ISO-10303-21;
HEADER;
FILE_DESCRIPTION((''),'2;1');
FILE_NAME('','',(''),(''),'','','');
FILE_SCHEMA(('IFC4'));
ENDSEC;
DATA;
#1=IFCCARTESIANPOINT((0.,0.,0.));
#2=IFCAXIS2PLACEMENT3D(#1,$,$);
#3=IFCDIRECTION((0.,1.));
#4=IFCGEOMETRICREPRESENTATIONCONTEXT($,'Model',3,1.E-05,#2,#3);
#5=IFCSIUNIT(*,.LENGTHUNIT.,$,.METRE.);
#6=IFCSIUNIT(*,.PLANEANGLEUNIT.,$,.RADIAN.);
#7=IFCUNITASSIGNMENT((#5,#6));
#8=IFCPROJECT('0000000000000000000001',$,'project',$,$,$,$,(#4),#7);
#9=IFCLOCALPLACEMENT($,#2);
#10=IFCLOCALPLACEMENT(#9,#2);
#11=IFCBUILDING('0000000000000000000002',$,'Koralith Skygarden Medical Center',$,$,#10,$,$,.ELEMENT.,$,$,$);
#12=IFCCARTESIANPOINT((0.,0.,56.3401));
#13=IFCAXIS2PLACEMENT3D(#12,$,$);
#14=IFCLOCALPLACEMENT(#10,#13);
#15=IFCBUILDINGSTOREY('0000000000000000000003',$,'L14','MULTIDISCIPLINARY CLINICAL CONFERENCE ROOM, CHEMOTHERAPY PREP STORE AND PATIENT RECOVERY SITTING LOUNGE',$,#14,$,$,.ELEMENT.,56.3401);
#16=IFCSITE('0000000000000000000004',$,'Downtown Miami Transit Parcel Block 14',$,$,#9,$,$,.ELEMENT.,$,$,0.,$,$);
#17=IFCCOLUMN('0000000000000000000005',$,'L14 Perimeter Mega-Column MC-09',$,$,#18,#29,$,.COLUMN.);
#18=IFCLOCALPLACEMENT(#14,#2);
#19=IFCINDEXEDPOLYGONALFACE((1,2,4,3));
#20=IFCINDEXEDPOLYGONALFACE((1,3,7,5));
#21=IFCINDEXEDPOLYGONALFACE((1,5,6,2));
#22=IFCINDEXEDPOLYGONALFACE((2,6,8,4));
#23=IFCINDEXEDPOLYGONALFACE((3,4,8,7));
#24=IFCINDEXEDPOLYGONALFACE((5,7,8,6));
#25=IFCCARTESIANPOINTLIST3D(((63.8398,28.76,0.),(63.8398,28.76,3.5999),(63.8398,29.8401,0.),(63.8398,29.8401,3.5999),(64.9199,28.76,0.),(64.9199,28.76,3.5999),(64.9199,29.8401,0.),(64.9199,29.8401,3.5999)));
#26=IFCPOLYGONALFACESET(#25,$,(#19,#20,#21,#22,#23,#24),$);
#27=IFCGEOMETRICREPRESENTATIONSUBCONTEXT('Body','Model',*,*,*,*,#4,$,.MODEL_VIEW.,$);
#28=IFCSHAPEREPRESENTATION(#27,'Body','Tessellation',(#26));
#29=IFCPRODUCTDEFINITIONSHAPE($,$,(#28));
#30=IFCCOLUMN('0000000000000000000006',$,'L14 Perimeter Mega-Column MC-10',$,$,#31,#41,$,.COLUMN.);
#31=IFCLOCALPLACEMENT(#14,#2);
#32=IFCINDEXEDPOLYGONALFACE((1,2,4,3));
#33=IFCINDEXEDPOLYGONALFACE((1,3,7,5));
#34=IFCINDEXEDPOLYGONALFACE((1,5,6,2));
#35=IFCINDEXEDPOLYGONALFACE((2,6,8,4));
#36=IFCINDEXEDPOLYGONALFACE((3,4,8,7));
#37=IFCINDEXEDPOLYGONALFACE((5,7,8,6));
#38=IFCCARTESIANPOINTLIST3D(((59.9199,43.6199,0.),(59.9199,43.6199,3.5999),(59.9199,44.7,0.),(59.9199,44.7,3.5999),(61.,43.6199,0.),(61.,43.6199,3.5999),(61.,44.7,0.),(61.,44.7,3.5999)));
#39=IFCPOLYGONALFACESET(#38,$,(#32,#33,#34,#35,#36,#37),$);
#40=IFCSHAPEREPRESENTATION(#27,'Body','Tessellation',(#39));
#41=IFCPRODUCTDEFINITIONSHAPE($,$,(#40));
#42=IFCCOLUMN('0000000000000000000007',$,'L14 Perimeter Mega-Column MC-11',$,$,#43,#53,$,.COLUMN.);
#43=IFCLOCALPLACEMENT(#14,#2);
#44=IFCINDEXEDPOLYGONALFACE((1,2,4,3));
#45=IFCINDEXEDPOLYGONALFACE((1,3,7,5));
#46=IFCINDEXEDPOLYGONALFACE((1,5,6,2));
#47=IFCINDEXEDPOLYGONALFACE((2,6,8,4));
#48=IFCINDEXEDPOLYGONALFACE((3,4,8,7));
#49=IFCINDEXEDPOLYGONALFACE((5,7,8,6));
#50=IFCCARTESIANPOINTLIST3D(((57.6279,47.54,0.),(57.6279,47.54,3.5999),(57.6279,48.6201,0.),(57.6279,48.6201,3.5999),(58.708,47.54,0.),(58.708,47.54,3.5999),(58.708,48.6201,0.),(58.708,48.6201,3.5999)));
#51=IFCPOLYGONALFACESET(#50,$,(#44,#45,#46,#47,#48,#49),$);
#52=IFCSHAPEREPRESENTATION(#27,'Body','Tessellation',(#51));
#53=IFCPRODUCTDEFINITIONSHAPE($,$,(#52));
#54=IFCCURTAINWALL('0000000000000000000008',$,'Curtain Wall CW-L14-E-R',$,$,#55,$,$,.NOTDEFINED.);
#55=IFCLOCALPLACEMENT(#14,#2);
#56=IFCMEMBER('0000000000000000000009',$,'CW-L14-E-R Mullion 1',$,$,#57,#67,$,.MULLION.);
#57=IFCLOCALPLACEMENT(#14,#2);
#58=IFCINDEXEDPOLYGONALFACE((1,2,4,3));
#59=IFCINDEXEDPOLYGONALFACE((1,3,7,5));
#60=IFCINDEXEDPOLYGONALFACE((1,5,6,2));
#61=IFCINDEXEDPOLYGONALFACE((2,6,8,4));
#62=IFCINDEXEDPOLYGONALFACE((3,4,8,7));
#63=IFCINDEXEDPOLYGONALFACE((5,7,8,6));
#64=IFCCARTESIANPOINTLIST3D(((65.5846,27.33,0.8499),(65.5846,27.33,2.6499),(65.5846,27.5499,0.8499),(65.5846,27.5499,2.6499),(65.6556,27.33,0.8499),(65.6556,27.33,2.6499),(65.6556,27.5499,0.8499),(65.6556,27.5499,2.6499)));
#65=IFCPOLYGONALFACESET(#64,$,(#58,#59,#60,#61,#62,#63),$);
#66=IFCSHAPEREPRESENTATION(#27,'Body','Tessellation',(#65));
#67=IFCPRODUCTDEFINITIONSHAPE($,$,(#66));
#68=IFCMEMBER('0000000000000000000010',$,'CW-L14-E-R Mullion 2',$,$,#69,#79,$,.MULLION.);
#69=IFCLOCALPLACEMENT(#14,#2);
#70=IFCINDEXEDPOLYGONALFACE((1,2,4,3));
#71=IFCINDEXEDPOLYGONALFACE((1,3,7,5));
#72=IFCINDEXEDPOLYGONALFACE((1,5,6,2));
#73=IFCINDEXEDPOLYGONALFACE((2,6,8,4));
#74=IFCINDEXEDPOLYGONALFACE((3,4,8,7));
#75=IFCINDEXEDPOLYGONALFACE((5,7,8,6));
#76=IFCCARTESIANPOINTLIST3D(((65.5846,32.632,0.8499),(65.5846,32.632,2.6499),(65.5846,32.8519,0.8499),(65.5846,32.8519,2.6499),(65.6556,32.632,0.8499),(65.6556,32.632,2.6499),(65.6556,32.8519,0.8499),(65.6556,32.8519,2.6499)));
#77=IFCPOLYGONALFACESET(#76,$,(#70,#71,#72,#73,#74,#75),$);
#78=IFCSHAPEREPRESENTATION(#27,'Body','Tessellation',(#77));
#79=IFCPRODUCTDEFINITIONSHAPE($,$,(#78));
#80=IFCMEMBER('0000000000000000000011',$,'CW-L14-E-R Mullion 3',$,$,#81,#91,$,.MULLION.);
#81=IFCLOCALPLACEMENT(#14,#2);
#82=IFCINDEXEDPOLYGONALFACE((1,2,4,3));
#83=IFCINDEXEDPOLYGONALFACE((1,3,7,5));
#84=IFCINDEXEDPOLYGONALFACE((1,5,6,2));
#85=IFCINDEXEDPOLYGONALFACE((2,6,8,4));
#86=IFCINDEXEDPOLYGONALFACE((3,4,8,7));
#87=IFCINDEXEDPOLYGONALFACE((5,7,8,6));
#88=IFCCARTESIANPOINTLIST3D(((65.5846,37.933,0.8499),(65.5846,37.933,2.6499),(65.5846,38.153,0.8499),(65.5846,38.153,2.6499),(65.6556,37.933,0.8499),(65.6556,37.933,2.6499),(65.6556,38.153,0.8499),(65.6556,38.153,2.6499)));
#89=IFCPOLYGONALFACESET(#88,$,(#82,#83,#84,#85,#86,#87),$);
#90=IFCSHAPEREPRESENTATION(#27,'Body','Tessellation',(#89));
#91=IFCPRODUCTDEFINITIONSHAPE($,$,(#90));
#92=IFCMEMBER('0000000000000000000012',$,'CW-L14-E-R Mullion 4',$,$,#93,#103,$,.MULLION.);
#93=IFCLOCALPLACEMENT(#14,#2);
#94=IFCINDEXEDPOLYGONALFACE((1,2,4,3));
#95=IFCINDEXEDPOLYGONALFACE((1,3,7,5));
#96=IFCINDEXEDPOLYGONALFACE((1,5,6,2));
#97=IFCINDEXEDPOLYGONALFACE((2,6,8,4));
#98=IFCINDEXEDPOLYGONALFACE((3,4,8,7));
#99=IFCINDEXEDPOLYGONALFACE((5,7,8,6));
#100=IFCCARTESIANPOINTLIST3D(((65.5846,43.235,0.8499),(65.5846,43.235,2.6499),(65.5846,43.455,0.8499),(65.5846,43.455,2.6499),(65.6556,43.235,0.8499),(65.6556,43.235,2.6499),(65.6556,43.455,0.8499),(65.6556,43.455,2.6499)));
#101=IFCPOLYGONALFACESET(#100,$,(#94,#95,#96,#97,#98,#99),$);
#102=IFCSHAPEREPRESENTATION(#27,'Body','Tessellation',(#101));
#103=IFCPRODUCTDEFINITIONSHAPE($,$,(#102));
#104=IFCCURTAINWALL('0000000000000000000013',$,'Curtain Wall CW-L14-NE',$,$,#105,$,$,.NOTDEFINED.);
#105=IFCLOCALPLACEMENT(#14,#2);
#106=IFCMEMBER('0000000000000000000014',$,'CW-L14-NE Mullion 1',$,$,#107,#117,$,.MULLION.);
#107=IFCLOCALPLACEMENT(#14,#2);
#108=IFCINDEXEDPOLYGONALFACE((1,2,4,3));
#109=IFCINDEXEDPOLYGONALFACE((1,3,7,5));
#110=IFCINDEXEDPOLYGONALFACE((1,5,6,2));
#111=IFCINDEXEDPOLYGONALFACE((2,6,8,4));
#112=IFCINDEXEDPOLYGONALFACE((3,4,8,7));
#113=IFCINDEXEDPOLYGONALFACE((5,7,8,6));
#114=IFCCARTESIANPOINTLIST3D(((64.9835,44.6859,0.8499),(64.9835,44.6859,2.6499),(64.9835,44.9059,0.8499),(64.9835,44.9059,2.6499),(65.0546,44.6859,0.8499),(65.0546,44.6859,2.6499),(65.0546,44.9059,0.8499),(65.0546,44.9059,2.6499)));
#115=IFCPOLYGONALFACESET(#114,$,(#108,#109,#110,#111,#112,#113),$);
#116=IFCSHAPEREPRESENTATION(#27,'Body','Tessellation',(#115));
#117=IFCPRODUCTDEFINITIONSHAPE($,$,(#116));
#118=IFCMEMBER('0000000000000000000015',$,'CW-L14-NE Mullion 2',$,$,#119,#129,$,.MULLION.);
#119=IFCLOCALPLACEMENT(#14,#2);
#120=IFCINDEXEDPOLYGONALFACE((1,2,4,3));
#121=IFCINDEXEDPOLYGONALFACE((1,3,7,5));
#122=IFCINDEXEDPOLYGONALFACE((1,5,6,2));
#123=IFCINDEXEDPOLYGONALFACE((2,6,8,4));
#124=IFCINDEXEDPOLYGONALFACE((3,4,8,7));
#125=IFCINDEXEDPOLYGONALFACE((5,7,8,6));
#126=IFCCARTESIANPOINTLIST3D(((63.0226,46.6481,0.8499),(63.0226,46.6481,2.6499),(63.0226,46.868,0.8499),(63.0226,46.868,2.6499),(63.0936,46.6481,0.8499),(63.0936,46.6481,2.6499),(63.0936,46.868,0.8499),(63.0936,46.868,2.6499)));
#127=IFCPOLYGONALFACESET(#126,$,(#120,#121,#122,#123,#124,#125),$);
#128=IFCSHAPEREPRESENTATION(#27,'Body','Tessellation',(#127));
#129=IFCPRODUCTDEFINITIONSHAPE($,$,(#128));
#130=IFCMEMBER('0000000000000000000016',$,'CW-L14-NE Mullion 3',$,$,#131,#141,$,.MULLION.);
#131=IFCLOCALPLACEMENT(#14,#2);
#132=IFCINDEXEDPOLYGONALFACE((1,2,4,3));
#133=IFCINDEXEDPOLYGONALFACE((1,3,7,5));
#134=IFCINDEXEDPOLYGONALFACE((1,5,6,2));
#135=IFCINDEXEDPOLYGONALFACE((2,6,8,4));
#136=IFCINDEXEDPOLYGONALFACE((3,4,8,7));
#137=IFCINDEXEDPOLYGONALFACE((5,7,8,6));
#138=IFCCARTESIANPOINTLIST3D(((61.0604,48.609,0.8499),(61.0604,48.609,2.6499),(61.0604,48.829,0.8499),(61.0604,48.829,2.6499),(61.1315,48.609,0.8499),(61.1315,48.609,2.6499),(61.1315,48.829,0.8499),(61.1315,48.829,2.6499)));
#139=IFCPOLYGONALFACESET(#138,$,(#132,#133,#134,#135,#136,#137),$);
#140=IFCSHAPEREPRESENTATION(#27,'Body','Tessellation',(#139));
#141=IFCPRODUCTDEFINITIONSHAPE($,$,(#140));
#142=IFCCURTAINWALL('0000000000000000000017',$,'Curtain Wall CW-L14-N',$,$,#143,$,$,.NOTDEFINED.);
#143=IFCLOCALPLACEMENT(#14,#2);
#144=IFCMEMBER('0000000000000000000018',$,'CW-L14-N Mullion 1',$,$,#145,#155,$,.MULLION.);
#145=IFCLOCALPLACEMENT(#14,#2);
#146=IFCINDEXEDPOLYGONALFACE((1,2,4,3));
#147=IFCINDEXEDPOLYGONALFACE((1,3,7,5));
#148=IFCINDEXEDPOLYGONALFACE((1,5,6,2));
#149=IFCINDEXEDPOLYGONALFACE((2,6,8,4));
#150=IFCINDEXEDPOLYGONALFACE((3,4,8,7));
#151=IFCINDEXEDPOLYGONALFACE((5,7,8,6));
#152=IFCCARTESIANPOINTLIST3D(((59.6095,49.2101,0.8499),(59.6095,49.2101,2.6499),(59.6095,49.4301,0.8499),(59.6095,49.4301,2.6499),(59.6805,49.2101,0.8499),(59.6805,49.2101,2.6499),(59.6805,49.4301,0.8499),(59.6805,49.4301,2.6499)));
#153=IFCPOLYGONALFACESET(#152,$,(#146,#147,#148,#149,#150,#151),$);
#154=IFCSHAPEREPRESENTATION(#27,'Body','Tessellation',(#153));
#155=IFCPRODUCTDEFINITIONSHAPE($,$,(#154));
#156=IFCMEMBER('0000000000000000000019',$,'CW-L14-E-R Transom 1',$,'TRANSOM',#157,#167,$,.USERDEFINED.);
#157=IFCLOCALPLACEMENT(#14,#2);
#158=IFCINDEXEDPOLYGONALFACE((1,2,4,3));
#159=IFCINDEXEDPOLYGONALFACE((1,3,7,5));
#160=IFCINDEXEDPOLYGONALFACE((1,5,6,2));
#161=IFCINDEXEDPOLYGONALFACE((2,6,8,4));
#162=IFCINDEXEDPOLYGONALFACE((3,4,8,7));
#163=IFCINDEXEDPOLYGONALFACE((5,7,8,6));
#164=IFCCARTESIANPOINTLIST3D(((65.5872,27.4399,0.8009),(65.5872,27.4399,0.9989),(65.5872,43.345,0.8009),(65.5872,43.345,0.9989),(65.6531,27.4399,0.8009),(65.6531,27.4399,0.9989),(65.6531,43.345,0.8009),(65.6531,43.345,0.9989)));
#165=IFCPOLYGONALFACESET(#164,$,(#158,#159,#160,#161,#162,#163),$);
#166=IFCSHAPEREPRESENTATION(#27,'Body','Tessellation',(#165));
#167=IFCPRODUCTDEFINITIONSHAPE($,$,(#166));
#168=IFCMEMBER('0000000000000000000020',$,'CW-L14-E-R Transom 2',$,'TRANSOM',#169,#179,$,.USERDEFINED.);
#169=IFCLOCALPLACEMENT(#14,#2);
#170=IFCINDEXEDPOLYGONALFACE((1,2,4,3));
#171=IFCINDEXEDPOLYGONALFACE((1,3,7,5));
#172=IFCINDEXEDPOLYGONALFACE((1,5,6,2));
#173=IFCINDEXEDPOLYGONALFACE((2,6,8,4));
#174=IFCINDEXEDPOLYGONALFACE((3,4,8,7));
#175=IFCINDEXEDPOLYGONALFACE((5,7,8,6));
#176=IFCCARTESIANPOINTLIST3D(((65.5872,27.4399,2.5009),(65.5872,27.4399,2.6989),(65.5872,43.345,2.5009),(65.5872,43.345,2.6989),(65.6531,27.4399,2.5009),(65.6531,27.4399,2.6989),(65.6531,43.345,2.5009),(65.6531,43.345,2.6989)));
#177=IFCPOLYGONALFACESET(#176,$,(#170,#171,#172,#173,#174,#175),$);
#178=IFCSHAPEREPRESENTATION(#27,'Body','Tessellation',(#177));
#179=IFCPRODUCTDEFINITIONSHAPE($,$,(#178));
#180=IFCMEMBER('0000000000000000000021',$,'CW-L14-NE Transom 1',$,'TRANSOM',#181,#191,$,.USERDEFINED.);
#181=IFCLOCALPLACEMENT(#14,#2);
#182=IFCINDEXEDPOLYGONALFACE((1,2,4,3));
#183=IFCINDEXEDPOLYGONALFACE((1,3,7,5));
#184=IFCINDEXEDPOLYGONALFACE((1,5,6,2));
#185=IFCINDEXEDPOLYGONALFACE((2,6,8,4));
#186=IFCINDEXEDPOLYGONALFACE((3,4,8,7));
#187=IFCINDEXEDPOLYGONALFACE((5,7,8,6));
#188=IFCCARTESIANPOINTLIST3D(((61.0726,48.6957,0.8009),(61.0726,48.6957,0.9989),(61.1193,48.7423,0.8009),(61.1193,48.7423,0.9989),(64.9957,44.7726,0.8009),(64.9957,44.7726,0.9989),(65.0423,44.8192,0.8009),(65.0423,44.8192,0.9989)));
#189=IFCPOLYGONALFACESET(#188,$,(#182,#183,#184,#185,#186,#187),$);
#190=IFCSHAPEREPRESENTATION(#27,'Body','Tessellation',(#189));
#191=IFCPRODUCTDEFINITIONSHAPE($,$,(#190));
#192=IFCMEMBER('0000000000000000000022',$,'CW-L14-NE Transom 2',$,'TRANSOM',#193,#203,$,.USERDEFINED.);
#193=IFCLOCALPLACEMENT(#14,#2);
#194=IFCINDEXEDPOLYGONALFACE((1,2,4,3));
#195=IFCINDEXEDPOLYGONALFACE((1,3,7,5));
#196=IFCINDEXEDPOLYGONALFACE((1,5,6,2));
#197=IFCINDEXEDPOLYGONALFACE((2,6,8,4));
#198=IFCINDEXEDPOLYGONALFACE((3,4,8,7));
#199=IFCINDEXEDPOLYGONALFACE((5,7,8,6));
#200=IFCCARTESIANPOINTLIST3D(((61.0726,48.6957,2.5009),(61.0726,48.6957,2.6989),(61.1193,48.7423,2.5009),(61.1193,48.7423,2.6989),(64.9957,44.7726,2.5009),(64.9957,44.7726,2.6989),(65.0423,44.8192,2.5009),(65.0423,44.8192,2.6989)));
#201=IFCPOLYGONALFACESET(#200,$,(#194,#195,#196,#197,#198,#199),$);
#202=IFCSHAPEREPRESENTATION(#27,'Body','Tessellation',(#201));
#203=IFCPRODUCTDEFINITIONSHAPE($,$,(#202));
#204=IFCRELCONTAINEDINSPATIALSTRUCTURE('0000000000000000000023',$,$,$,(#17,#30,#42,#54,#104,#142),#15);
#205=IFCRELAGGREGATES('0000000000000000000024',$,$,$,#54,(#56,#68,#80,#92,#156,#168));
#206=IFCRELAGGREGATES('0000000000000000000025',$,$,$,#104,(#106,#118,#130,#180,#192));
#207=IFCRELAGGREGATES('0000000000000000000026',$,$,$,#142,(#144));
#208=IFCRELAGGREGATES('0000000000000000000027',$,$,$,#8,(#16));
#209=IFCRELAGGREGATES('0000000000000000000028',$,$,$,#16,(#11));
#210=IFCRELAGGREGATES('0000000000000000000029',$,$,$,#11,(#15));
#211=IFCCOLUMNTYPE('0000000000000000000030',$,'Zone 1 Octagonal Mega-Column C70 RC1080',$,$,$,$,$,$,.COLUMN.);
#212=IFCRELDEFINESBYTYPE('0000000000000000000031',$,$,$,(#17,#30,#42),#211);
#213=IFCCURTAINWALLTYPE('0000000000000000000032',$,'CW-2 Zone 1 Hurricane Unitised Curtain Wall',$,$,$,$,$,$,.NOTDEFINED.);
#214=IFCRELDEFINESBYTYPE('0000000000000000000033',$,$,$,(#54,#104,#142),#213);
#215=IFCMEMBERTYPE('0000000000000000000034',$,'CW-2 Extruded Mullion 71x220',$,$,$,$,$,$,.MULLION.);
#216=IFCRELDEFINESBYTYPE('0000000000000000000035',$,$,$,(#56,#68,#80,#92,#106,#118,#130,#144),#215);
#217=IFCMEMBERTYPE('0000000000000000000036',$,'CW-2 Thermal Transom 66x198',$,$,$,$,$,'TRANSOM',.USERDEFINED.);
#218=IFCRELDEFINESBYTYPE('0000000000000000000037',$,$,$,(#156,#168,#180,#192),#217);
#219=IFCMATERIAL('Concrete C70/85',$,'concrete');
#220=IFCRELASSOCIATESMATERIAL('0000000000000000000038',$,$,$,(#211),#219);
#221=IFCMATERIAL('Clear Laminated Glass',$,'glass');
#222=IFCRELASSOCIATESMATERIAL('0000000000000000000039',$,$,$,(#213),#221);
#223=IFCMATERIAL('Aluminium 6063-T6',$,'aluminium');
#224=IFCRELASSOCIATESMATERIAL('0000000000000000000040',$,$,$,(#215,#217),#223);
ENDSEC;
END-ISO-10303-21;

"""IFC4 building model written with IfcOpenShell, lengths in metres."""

from ifc_helpers import new_model, si_unit, direction, frame, origin, origin_2d, place, context, subcontext, project, spatial, rectangle, extrude, material, material_profile, profile_set, type_object, element, aggregate, save


model = new_model("IFC4")

# Units and contexts
model_context = context("Model", 3, precision=1e-05, world=origin(), true_north=direction((0.0, 1.0)))
body_context = subcontext(model_context, "Body", "Model", "MODEL_VIEW")
ifc_project = project(units=[si_unit("LENGTHUNIT", "METRE"), si_unit("PLANEANGLEUNIT", "RADIAN")], contexts=[model_context])

# Site, building, storey
site_placement = place(None, origin())
site = spatial("IfcSite", under=ifc_project, at=site_placement, Name="Downtown Miami Transit Parcel Block 14", CompositionType="ELEMENT", RefElevation=0.0)
building_placement = place(site_placement, origin())
building = spatial("IfcBuilding", under=site, at=building_placement, Name="Koralith Skygarden Medical Center", CompositionType="ELEMENT")
storey_placement = place(building_placement, frame((0.0, 0.0, 56.3401)))
storey = spatial("IfcBuildingStorey", under=building, at=storey_placement, Name="L14", Description="MULTIDISCIPLINARY CLINICAL CONFERENCE ROOM, CHEMOTHERAPY PREP STORE AND PATIENT RECOVERY SITTING LOUNGE", CompositionType="ELEMENT", Elevation=56.3401)

# Columns
ifc_material_1 = material(Name="Concrete C70/85", Category="concrete")
ifc_material_profile_1 = material_profile(ifc_material_1, rectangle(XDim=1.0801, YDim=1.0801, at=origin_2d()), Name="RC1080X1080")
ifc_profile_set_1 = profile_set([ifc_material_profile_1], Name="Concrete C70/85")
column_type = type_object("IfcColumnType", Name="Zone 1 Octagonal Mega-Column C70 RC1080", PredefinedType="COLUMN", material=ifc_profile_set_1)
for number, where, z_axis, x_axis, name in (
    (1, (64.3799, 29.3, 0.0), (0.0, 0.0, 1.0), (1.0, 0.0, 0.0), "L14 Perimeter Mega-Column MC-09"),
    (2, (60.46, 44.1599, 0.0), (0.0, 0.0, 1.0), (1.0, 0.0, 0.0), "L14 Perimeter Mega-Column MC-10"),
    (3, (58.168, 48.0801, 0.0), (0.0, 0.0, 1.0), (1.0, 0.0, 0.0), "L14 Perimeter Mega-Column MC-11"),
):
    element("IfcColumn", number, at=place(storey_placement, frame(where, z_axis=z_axis, x_axis=x_axis)), inside=storey, type_object=column_type, Name=name, PredefinedType="COLUMN", context=body_context, shape_type="SweptSolid", body=[
        extrude(rectangle(XDim=1.0801, YDim=1.0801, at=origin_2d()), origin(), (0.0, 0.0, 1.0), 3.5999),
    ])

# Curtain walls, members
ifc_material_2 = material(Name="Clear Laminated Glass", Category="glass")
curtain_wall_type = type_object("IfcCurtainWallType", Name="CW-2 Zone 1 Hurricane Unitised Curtain Wall", PredefinedType="NOTDEFINED", material=ifc_material_2)
curtain_wall_1_placement = place(storey_placement, origin())
curtain_wall_1 = element("IfcCurtainWall", 4, at=curtain_wall_1_placement, inside=storey, type_object=curtain_wall_type, Name="Curtain Wall CW-L14-E-R", PredefinedType="NOTDEFINED")
ifc_material_3 = material(Name="Aluminium 6063-T6", Category="aluminium")
ifc_material_profile_2 = material_profile(ifc_material_3, rectangle(XDim=0.071, YDim=0.22, at=origin_2d()), Name="MUL71X220")
ifc_profile_set_2 = profile_set([ifc_material_profile_2], Name="Aluminium 6063-T6")
member_type_1 = type_object("IfcMemberType", Name="CW-2 Extruded Mullion 71x220", PredefinedType="MULLION", material=ifc_profile_set_2)
member_1_placement = place(storey_placement, frame((65.6201, 27.4399, 0.8499), z_axis=(0.0, 0.0, 1.0), x_axis=(1.0, 0.0, 0.0)))
member_1 = element("IfcMember", 5, at=member_1_placement, type_object=member_type_1, Name="CW-L14-E-R Mullion 1", PredefinedType="MULLION", context=body_context, shape_type="SweptSolid", body=[
    extrude(rectangle(XDim=0.071, YDim=0.22, at=origin_2d()), origin(), (0.0, 0.0, 1.0), 1.8),
])
member_2_placement = place(storey_placement, frame((65.6201, 32.7419, 0.8499), z_axis=(0.0, 0.0, 1.0), x_axis=(1.0, 0.0, 0.0)))
member_2 = element("IfcMember", 6, at=member_2_placement, type_object=member_type_1, Name="CW-L14-E-R Mullion 2", PredefinedType="MULLION", context=body_context, shape_type="SweptSolid", body=[
    extrude(rectangle(XDim=0.071, YDim=0.22, at=origin_2d()), origin(), (0.0, 0.0, 1.0), 1.8),
])
member_3_placement = place(storey_placement, frame((65.6201, 38.043, 0.8499), z_axis=(0.0, 0.0, 1.0), x_axis=(1.0, 0.0, 0.0)))
member_3 = element("IfcMember", 7, at=member_3_placement, type_object=member_type_1, Name="CW-L14-E-R Mullion 3", PredefinedType="MULLION", context=body_context, shape_type="SweptSolid", body=[
    extrude(rectangle(XDim=0.071, YDim=0.22, at=origin_2d()), origin(), (0.0, 0.0, 1.0), 1.8),
])
member_4_placement = place(storey_placement, frame((65.6201, 43.345, 0.8499), z_axis=(0.0, 0.0, 1.0), x_axis=(1.0, 0.0, 0.0)))
member_4 = element("IfcMember", 8, at=member_4_placement, type_object=member_type_1, Name="CW-L14-E-R Mullion 4", PredefinedType="MULLION", context=body_context, shape_type="SweptSolid", body=[
    extrude(rectangle(XDim=0.071, YDim=0.22, at=origin_2d()), origin(), (0.0, 0.0, 1.0), 1.8),
])
curtain_wall_2_placement = place(storey_placement, origin())
curtain_wall_2 = element("IfcCurtainWall", 9, at=curtain_wall_2_placement, inside=storey, type_object=curtain_wall_type, Name="Curtain Wall CW-L14-NE", PredefinedType="NOTDEFINED")
member_5_placement = place(storey_placement, frame((65.019, 44.7959, 0.8499), z_axis=(0.0, 0.0, 1.0), x_axis=(1.0, 0.0, 0.0)))
member_5 = element("IfcMember", 10, at=member_5_placement, type_object=member_type_1, Name="CW-L14-NE Mullion 1", PredefinedType="MULLION", context=body_context, shape_type="SweptSolid", body=[
    extrude(rectangle(XDim=0.071, YDim=0.22, at=origin_2d()), origin(), (0.0, 0.0, 1.0), 1.8),
])
member_6_placement = place(storey_placement, frame((63.0581, 46.7581, 0.8499), z_axis=(0.0, 0.0, 1.0), x_axis=(1.0, 0.0, 0.0)))
member_6 = element("IfcMember", 11, at=member_6_placement, type_object=member_type_1, Name="CW-L14-NE Mullion 2", PredefinedType="MULLION", context=body_context, shape_type="SweptSolid", body=[
    extrude(rectangle(XDim=0.071, YDim=0.22, at=origin_2d()), origin(), (0.0, 0.0, 1.0), 1.8),
])
member_7_placement = place(storey_placement, frame((61.0959, 48.719, 0.8499), z_axis=(0.0, 0.0, 1.0), x_axis=(1.0, 0.0, 0.0)))
member_7 = element("IfcMember", 12, at=member_7_placement, type_object=member_type_1, Name="CW-L14-NE Mullion 3", PredefinedType="MULLION", context=body_context, shape_type="SweptSolid", body=[
    extrude(rectangle(XDim=0.071, YDim=0.22, at=origin_2d()), origin(), (0.0, 0.0, 1.0), 1.8),
])

# Curtain wall, member
curtain_wall_3_placement = place(storey_placement, origin())
curtain_wall_3 = element("IfcCurtainWall", 13, at=curtain_wall_3_placement, inside=storey, type_object=curtain_wall_type, Name="Curtain Wall CW-L14-N", PredefinedType="NOTDEFINED")
member_8_placement = place(storey_placement, frame((59.645, 49.3201, 0.8499), z_axis=(0.0, 0.0, 1.0), x_axis=(1.0, 0.0, 0.0)))
member_8 = element("IfcMember", 14, at=member_8_placement, type_object=member_type_1, Name="CW-L14-N Mullion 1", PredefinedType="MULLION", context=body_context, shape_type="SweptSolid", body=[
    extrude(rectangle(XDim=0.071, YDim=0.22, at=origin_2d()), origin(), (0.0, 0.0, 1.0), 1.8),
])

# Members
ifc_material_profile_3 = material_profile(ifc_material_3, rectangle(XDim=0.0659, YDim=0.198, at=origin_2d()), Name="TRN66X198")
ifc_profile_set_3 = profile_set([ifc_material_profile_3], Name="Aluminium 6063-T6")
member_type_2 = type_object("IfcMemberType", Name="CW-2 Thermal Transom 66x198", ElementType="TRANSOM", PredefinedType="USERDEFINED", material=ifc_profile_set_3)
member_9_placement = place(storey_placement, frame((65.6201, 27.4399, 0.8999), z_axis=(0.0, 1.0, 0.0), x_axis=(-1.0, 0.0, 0.0)))
member_9 = element("IfcMember", 15, at=member_9_placement, type_object=member_type_2, Name="CW-L14-E-R Transom 1", ObjectType="TRANSOM", PredefinedType="USERDEFINED", context=body_context, shape_type="SweptSolid", body=[
    extrude(rectangle(XDim=0.0659, YDim=0.198, at=origin_2d()), origin(), (0.0, 0.0, 1.0), 15.905),
])
member_10_placement = place(storey_placement, frame((65.6201, 27.4399, 2.5999), z_axis=(0.0, 1.0, 0.0), x_axis=(-1.0, 0.0, 0.0)))
member_10 = element("IfcMember", 16, at=member_10_placement, type_object=member_type_2, Name="CW-L14-E-R Transom 2", ObjectType="TRANSOM", PredefinedType="USERDEFINED", context=body_context, shape_type="SweptSolid", body=[
    extrude(rectangle(XDim=0.0659, YDim=0.198, at=origin_2d()), origin(), (0.0, 0.0, 1.0), 15.905),
])
member_11_placement = place(storey_placement, frame((65.019, 44.7959, 0.8999), z_axis=(-0.707107, 0.707107, 0.0), x_axis=(-0.707107, -0.707107, 0.0)))
member_11 = element("IfcMember", 17, at=member_11_placement, type_object=member_type_2, Name="CW-L14-NE Transom 1", ObjectType="TRANSOM", PredefinedType="USERDEFINED", context=body_context, shape_type="SweptSolid", body=[
    extrude(rectangle(XDim=0.0659, YDim=0.198, at=origin_2d()), origin(), (0.0, 0.0, 1.0), 5.5481),
])
member_12_placement = place(storey_placement, frame((65.019, 44.7959, 2.5999), z_axis=(-0.707107, 0.707107, 0.0), x_axis=(-0.707107, -0.707107, 0.0)))
member_12 = element("IfcMember", 18, at=member_12_placement, type_object=member_type_2, Name="CW-L14-NE Transom 2", ObjectType="TRANSOM", PredefinedType="USERDEFINED", context=body_context, shape_type="SweptSolid", body=[
    extrude(rectangle(XDim=0.0659, YDim=0.198, at=origin_2d()), origin(), (0.0, 0.0, 1.0), 5.5481),
])

aggregate(curtain_wall_1, [member_1, member_2, member_3, member_4, member_9, member_10])
aggregate(curtain_wall_2, [member_5, member_6, member_7, member_11, member_12])
aggregate(curtain_wall_3, [member_8])

save(model, "model.ifc")
